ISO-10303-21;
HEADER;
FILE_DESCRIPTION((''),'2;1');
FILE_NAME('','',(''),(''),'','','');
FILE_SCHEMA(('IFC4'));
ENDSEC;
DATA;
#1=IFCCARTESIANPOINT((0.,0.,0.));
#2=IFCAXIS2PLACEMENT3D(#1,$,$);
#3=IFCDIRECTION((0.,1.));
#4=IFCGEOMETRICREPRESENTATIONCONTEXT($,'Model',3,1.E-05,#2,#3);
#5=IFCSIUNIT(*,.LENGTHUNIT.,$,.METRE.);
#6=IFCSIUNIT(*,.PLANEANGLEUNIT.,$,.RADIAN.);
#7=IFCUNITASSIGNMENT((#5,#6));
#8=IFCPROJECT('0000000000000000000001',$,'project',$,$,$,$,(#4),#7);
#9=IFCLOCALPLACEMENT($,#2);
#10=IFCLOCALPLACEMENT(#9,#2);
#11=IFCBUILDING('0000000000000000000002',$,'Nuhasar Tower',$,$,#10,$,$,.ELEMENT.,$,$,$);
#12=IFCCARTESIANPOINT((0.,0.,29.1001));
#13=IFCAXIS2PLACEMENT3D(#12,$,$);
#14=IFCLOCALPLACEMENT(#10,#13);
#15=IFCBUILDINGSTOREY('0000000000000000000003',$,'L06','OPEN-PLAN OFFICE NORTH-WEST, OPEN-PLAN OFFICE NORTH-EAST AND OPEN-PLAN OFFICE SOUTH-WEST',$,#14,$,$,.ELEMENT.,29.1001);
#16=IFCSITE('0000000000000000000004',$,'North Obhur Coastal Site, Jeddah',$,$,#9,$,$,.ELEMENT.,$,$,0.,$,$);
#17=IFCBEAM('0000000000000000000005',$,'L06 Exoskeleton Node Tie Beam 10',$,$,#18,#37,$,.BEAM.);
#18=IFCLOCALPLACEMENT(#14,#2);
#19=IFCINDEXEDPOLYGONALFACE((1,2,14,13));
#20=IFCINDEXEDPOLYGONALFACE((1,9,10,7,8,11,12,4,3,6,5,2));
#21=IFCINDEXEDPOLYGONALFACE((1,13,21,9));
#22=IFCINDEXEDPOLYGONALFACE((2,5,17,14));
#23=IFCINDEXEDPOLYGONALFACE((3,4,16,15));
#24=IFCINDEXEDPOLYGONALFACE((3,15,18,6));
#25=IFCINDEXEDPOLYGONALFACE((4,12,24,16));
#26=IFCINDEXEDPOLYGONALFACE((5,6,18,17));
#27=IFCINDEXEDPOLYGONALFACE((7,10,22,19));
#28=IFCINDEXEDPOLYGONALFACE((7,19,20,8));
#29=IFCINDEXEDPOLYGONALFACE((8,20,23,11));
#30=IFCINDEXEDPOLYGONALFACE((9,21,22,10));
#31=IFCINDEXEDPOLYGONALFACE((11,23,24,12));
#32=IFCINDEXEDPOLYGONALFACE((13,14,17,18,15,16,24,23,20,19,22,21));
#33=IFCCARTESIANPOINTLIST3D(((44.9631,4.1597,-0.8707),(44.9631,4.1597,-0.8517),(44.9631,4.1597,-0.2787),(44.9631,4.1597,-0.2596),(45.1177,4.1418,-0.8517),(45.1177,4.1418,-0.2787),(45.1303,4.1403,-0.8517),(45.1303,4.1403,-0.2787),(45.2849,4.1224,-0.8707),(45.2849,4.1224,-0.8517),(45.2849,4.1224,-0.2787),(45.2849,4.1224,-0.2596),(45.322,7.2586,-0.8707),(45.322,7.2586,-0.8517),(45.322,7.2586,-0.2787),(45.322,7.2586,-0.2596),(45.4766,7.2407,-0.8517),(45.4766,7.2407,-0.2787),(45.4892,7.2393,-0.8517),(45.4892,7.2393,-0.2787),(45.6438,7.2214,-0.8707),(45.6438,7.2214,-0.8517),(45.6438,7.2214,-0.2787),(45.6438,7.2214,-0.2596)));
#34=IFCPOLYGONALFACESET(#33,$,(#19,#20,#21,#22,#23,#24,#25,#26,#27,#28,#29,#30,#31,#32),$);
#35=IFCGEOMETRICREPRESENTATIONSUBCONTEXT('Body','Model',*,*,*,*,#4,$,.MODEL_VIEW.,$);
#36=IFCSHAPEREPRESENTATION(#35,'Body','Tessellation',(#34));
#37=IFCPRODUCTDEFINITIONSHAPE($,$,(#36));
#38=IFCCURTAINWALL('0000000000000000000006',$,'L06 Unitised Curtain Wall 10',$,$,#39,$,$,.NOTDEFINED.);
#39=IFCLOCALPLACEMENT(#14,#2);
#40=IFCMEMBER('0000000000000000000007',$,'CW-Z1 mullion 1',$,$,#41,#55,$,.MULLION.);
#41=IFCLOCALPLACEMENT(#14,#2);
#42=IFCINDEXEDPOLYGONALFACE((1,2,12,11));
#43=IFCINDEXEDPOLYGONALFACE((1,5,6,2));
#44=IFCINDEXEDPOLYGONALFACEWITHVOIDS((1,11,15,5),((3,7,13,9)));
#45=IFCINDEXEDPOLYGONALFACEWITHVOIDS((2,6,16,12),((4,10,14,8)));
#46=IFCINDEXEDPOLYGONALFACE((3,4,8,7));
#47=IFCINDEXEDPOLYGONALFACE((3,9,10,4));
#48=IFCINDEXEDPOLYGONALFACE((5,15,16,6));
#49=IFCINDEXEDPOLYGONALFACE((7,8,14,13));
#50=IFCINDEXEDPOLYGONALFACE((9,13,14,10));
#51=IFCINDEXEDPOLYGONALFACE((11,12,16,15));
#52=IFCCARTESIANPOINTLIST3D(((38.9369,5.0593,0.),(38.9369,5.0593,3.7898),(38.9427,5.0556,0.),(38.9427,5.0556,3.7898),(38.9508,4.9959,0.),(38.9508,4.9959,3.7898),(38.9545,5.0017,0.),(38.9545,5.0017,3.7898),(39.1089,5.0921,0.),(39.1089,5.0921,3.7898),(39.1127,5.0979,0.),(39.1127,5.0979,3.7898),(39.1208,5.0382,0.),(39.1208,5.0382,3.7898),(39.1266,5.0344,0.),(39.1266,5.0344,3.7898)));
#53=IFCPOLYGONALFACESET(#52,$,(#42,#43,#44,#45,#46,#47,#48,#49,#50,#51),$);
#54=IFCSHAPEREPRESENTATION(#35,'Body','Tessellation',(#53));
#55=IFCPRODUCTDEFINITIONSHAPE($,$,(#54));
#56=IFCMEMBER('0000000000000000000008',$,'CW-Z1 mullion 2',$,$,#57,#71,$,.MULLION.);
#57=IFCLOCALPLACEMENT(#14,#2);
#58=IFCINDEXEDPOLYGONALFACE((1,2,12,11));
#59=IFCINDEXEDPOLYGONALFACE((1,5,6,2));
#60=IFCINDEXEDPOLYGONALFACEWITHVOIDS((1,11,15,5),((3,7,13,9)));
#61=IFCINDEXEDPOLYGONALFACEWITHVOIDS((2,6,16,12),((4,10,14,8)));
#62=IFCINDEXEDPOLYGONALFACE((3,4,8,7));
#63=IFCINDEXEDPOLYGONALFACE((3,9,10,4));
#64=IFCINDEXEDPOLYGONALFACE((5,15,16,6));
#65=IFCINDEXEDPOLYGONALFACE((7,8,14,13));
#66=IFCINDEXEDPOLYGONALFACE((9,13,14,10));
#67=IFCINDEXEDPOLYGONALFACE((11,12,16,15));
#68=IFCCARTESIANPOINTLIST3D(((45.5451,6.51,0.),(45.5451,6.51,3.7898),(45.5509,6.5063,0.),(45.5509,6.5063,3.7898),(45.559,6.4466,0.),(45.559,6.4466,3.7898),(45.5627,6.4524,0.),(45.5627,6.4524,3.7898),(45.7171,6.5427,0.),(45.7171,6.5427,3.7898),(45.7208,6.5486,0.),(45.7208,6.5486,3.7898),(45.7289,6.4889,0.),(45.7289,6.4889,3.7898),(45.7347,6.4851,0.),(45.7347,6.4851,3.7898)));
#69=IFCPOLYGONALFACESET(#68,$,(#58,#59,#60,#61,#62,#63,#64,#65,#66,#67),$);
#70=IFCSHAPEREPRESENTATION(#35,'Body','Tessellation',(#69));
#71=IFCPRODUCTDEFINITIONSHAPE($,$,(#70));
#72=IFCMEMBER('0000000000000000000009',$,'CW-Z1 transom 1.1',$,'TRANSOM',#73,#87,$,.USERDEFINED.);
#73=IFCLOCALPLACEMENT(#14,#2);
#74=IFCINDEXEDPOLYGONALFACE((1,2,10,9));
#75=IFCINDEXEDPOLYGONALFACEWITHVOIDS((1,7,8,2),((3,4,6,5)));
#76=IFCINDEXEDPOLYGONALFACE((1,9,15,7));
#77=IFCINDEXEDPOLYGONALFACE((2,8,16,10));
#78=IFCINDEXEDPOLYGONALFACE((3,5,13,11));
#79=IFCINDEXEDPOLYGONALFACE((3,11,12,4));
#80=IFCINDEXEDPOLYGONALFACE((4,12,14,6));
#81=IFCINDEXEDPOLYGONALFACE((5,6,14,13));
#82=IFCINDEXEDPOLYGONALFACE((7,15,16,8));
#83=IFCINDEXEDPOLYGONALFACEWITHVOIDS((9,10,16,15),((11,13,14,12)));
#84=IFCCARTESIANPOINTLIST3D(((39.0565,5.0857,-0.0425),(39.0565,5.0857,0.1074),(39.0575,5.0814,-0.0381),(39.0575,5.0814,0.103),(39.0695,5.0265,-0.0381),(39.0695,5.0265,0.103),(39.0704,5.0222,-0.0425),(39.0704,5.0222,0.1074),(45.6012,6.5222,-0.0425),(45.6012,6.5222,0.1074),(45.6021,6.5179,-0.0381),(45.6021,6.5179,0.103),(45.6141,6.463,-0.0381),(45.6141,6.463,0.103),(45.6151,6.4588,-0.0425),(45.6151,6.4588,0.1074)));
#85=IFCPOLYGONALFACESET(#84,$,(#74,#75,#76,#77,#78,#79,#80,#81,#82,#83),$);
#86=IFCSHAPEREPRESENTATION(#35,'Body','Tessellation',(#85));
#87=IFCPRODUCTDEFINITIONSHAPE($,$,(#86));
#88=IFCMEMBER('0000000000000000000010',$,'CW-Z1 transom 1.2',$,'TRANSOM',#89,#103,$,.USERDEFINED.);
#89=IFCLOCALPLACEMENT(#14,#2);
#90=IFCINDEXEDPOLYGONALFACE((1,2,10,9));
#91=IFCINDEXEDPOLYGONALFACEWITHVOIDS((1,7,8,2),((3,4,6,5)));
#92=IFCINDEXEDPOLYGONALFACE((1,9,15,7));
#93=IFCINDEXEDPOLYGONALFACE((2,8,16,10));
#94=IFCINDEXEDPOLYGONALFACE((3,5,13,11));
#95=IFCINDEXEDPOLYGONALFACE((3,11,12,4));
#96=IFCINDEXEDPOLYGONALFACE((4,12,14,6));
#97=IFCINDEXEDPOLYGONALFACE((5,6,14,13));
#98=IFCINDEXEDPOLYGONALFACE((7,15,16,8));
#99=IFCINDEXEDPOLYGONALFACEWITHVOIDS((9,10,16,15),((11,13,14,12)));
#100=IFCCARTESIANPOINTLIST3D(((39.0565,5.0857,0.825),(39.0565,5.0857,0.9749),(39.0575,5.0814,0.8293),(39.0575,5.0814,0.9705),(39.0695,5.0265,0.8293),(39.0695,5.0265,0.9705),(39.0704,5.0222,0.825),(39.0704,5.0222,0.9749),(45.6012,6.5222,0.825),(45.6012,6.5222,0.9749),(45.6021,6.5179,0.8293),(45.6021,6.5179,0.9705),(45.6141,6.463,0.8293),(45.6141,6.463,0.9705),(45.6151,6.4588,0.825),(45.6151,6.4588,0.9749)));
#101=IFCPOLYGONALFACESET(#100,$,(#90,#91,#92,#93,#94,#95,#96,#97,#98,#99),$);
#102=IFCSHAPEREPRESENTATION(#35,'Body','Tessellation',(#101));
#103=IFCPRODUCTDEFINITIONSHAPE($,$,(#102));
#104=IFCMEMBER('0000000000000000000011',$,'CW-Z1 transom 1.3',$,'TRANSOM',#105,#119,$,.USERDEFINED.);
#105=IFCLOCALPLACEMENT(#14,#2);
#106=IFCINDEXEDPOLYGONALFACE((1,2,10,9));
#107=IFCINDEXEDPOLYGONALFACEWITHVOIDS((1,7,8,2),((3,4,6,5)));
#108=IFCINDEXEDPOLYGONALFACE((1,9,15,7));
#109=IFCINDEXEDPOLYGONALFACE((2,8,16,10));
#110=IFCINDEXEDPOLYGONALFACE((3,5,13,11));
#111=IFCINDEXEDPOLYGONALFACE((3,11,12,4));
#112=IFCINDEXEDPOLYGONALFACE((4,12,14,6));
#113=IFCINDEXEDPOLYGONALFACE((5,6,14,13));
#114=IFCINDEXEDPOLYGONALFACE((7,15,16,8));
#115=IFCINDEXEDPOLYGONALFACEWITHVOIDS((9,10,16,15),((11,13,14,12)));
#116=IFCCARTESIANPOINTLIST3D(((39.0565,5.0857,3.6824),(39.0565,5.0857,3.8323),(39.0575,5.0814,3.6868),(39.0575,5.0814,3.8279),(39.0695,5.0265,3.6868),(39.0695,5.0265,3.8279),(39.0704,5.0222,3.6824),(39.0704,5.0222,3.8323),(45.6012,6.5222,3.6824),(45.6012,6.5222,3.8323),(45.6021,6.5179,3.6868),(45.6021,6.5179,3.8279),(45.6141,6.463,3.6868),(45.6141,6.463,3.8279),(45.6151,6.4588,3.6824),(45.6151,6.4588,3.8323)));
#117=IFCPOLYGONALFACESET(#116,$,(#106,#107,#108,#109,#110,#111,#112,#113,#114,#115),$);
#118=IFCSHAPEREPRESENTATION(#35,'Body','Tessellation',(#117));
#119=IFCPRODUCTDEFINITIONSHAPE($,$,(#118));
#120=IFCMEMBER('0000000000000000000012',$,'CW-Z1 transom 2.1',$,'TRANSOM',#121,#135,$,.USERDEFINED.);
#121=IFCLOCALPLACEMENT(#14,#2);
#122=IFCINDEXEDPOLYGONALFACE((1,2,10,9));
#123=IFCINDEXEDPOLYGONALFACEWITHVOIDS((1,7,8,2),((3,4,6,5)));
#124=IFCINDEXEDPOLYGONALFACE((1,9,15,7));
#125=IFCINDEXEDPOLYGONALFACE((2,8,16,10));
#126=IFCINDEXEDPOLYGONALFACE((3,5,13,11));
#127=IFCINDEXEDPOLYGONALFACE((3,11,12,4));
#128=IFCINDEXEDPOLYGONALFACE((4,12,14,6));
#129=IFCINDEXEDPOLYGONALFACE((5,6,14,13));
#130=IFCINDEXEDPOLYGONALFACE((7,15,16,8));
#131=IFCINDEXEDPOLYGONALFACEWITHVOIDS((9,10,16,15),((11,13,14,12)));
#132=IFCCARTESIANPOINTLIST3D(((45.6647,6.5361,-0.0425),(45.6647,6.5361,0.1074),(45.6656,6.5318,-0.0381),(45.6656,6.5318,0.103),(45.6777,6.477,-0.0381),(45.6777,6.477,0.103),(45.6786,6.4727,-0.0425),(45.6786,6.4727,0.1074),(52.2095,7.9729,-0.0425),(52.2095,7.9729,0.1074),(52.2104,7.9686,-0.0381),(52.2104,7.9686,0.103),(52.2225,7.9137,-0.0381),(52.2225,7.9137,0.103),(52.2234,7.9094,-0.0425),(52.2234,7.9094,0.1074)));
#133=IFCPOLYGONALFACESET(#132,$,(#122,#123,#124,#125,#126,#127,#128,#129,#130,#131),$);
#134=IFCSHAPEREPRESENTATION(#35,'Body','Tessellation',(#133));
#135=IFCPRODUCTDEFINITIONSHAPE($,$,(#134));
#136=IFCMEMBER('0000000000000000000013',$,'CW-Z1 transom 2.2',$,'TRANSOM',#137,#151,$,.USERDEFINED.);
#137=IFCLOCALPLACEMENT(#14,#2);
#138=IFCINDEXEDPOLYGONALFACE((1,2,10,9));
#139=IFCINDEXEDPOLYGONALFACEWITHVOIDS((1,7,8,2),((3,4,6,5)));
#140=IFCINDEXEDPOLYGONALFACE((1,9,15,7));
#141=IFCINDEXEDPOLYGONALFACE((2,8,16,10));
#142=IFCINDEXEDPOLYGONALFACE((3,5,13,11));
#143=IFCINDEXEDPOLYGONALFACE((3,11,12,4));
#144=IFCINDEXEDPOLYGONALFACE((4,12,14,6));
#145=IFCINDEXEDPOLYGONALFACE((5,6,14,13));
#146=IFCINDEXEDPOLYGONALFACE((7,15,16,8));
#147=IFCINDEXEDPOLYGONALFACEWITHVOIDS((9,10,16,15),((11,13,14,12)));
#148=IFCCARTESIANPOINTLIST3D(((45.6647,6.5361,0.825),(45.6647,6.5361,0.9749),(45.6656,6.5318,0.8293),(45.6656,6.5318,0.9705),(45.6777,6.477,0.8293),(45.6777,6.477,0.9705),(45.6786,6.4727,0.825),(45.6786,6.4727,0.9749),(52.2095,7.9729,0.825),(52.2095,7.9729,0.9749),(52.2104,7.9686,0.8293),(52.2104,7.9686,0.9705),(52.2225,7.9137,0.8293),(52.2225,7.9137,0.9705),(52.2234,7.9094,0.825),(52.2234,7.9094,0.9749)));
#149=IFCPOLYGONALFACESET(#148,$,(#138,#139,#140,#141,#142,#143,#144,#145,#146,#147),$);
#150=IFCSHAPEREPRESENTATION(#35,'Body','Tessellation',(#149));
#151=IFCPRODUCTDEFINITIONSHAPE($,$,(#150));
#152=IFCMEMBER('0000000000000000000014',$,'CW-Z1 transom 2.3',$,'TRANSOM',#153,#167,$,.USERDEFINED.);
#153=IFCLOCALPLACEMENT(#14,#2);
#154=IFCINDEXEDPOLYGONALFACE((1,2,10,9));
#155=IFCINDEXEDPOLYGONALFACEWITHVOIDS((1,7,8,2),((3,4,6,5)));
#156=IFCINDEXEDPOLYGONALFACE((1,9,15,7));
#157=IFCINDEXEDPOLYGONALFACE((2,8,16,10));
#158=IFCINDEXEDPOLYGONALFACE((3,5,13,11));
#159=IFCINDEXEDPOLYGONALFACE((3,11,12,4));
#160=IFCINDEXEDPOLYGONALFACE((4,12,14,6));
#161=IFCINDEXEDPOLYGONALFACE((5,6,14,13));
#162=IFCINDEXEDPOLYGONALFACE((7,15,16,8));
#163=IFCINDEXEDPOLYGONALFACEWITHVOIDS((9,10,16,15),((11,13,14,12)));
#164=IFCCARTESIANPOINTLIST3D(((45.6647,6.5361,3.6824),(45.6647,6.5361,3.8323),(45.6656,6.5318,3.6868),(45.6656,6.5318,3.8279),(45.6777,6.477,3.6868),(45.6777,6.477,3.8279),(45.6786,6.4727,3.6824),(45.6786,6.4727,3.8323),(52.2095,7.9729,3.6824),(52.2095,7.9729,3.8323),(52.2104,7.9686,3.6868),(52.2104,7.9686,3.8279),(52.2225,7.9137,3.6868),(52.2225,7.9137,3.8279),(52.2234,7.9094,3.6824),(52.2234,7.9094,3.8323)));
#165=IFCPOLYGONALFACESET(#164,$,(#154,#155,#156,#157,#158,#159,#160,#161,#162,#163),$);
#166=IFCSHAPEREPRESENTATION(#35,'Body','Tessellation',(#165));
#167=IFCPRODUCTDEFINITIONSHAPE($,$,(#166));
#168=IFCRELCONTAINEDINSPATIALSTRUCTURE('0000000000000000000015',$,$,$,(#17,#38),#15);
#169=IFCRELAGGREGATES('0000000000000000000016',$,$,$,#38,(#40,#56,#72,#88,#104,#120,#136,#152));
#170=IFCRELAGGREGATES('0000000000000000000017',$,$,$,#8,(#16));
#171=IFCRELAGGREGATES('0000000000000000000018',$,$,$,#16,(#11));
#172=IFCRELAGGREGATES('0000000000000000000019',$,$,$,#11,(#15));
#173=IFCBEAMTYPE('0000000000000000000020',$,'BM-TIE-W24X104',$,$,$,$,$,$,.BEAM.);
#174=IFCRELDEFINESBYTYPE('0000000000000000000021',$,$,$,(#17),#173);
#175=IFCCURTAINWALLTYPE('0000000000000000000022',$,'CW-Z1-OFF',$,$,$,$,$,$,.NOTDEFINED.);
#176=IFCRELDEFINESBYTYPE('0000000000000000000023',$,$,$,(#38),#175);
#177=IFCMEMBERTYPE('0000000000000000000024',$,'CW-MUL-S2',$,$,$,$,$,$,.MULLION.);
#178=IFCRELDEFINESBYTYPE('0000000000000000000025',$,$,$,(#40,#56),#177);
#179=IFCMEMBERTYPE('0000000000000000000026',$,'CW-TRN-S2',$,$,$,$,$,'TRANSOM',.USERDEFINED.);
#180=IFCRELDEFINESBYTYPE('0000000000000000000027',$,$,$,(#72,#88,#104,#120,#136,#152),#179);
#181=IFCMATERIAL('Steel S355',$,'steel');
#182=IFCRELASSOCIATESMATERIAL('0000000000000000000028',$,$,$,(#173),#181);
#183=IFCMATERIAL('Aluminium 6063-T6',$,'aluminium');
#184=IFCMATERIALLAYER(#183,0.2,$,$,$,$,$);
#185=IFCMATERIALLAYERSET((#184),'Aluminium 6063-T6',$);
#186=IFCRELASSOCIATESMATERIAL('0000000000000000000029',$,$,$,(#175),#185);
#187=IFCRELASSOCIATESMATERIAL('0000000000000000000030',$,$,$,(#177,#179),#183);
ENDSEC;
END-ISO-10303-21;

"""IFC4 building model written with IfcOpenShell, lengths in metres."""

from ifc_helpers import new_model, si_unit, direction, frame, origin, origin_2d, place, context, subcontext, project, spatial, hollow_rectangle, i_section, extrude, material, layer, layer_set, material_profile, profile_set, type_object, element, aggregate, save


model = new_model("IFC4")

# Units and contexts
model_context = context("Model", 3, precision=1e-05, world=origin(), true_north=direction((0.0, 1.0)))
body_context = subcontext(model_context, "Body", "Model", "MODEL_VIEW")
ifc_project = project(units=[si_unit("LENGTHUNIT", "METRE"), si_unit("PLANEANGLEUNIT", "RADIAN")], contexts=[model_context])

# Site, building, storey
site_placement = place(None, origin())
site = spatial("IfcSite", under=ifc_project, at=site_placement, Name="North Obhur Coastal Site, Jeddah", CompositionType="ELEMENT", RefElevation=0.0)
building_placement = place(site_placement, origin())
building = spatial("IfcBuilding", under=site, at=building_placement, Name="Nuhasar Tower", CompositionType="ELEMENT")
storey_placement = place(building_placement, frame((0.0, 0.0, 29.1001)))
storey = spatial("IfcBuildingStorey", under=building, at=storey_placement, Name="L06", Description="OPEN-PLAN OFFICE NORTH-WEST, OPEN-PLAN OFFICE NORTH-EAST AND OPEN-PLAN OFFICE SOUTH-WEST", CompositionType="ELEMENT", Elevation=29.1001)

# Beam
ifc_material_1 = material(Name="Steel S355", Category="steel")
ifc_material_profile_1 = material_profile(ifc_material_1, i_section(OverallWidth=0.324, OverallDepth=0.6111, WebThickness=0.0127, FlangeThickness=0.019, at=origin_2d()), Name="W24X104")
ifc_profile_set_1 = profile_set([ifc_material_profile_1], Name="Steel S355")
beam_type_1 = type_object("IfcBeamType", Name="BM-TIE-W24X104", PredefinedType="BEAM", material=ifc_profile_set_1)
beam_1_placement = place(storey_placement, frame((45.4829, 7.24, -0.5652), z_axis=(-0.115043, -0.993361, 0.0), x_axis=(0.993361, -0.115043, 0.0)))
element("IfcBeam", 1, at=beam_1_placement, inside=storey, type_object=beam_type_1, Name="L06 Exoskeleton Node Tie Beam 10", PredefinedType="BEAM", context=body_context, shape_type="SweptSolid", body=[
    extrude(i_section(OverallWidth=0.324, OverallDepth=0.6111, WebThickness=0.0127, FlangeThickness=0.019, at=origin_2d()), origin(), (0.0, 0.0, 1.0), 3.1196),
])

# Curtain wall, members
ifc_material_2 = material(Name="Aluminium 6063-T6", Category="aluminium")
ifc_layer_1 = layer(ifc_material_2, 0.2)
ifc_layer_set_1 = layer_set([ifc_layer_1], Name="Aluminium 6063-T6")
curtain_wall_type = type_object("IfcCurtainWallType", Name="CW-Z1-OFF", PredefinedType="NOTDEFINED", material=ifc_layer_set_1)
curtain_wall_placement = place(storey_placement, origin())
curtain_wall = element("IfcCurtainWall", 2, at=curtain_wall_placement, inside=storey, type_object=curtain_wall_type, Name="L06 Unitised Curtain Wall 10", PredefinedType="NOTDEFINED")
ifc_material_profile_2 = material_profile(ifc_material_2, hollow_rectangle(XDim=0.0649, YDim=0.1799, WallThickness=0.0049, at=origin_2d()), Name="CWM-2")
ifc_profile_set_2 = profile_set([ifc_material_profile_2], Name="Aluminium 6063-T6")
member_type_1 = type_object("IfcMemberType", Name="CW-MUL-S2", PredefinedType="MULLION", material=ifc_profile_set_2)
member_1_placement = place(storey_placement, frame((39.0317, 5.0469, 0.0), z_axis=(0.0, 0.0, 1.0), x_axis=(-0.214399, 0.976746, 0.0)))
member_1 = element("IfcMember", 3, at=member_1_placement, type_object=member_type_1, Name="CW-Z1 mullion 1", PredefinedType="MULLION", context=body_context, shape_type="SweptSolid", body=[
    extrude(hollow_rectangle(XDim=0.0649, YDim=0.1799, WallThickness=0.0049, at=origin_2d()), origin(), (0.0, 0.0, 1.0), 3.7898),
])
member_2_placement = place(storey_placement, frame((45.6399, 6.4976, 0.0), z_axis=(0.0, 0.0, 1.0), x_axis=(-0.214399, 0.976746, 0.0)))
member_2 = element("IfcMember", 4, at=member_2_placement, type_object=member_type_1, Name="CW-Z1 mullion 2", PredefinedType="MULLION", context=body_context, shape_type="SweptSolid", body=[
    extrude(hollow_rectangle(XDim=0.0649, YDim=0.1799, WallThickness=0.0049, at=origin_2d()), origin(), (0.0, 0.0, 1.0), 3.7898),
])
ifc_material_profile_3 = material_profile(ifc_material_2, hollow_rectangle(XDim=0.0649, YDim=0.1499, WallThickness=0.0044, at=origin_2d()), Name="CWT-2")
ifc_profile_set_3 = profile_set([ifc_material_profile_3], Name="Aluminium 6063-T6")
member_type_2 = type_object("IfcMemberType", Name="CW-TRN-S2", ElementType="TRANSOM", PredefinedType="USERDEFINED", material=ifc_profile_set_3)
member_3_placement = place(storey_placement, frame((39.0635, 5.054, 0.0325), z_axis=(0.976748, 0.214391, 0.0), x_axis=(-0.214391, 0.976748, 0.0)))
member_3 = element("IfcMember", 5, at=member_3_placement, type_object=member_type_2, Name="CW-Z1 transom 1.1", ObjectType="TRANSOM", PredefinedType="USERDEFINED", context=body_context, shape_type="SweptSolid", body=[
    extrude(hollow_rectangle(XDim=0.0649, YDim=0.1499, WallThickness=0.0044, at=origin_2d()), origin(), (0.0, 0.0, 1.0), 6.7004),
])
member_4_placement = place(storey_placement, frame((39.0635, 5.054, 0.8999), z_axis=(0.976748, 0.214391, 0.0), x_axis=(-0.214391, 0.976748, 0.0)))
member_4 = element("IfcMember", 6, at=member_4_placement, type_object=member_type_2, Name="CW-Z1 transom 1.2", ObjectType="TRANSOM", PredefinedType="USERDEFINED", context=body_context, shape_type="SweptSolid", body=[
    extrude(hollow_rectangle(XDim=0.0649, YDim=0.1499, WallThickness=0.0044, at=origin_2d()), origin(), (0.0, 0.0, 1.0), 6.7004),
])
member_5_placement = place(storey_placement, frame((39.0635, 5.054, 3.7573), z_axis=(0.976748, 0.214391, 0.0), x_axis=(-0.214391, 0.976748, 0.0)))
member_5 = element("IfcMember", 7, at=member_5_placement, type_object=member_type_2, Name="CW-Z1 transom 1.3", ObjectType="TRANSOM", PredefinedType="USERDEFINED", context=body_context, shape_type="SweptSolid", body=[
    extrude(hollow_rectangle(XDim=0.0649, YDim=0.1499, WallThickness=0.0044, at=origin_2d()), origin(), (0.0, 0.0, 1.0), 6.7004),
])
member_6_placement = place(storey_placement, frame((45.6716, 6.5044, 0.0325), z_axis=(0.976742, 0.214418, 0.0), x_axis=(-0.214418, 0.976742, 0.0)))
member_6 = element("IfcMember", 8, at=member_6_placement, type_object=member_type_2, Name="CW-Z1 transom 2.1", ObjectType="TRANSOM", PredefinedType="USERDEFINED", context=body_context, shape_type="SweptSolid", body=[
    extrude(hollow_rectangle(XDim=0.0649, YDim=0.1499, WallThickness=0.0044, at=origin_2d()), origin(), (0.0, 0.0, 1.0), 6.7007),
])
member_7_placement = place(storey_placement, frame((45.6716, 6.5044, 0.8999), z_axis=(0.976742, 0.214418, 0.0), x_axis=(-0.214418, 0.976742, 0.0)))
member_7 = element("IfcMember", 9, at=member_7_placement, type_object=member_type_2, Name="CW-Z1 transom 2.2", ObjectType="TRANSOM", PredefinedType="USERDEFINED", context=body_context, shape_type="SweptSolid", body=[
    extrude(hollow_rectangle(XDim=0.0649, YDim=0.1499, WallThickness=0.0044, at=origin_2d()), origin(), (0.0, 0.0, 1.0), 6.7007),
])
member_8_placement = place(storey_placement, frame((45.6716, 6.5044, 3.7573), z_axis=(0.976742, 0.214418, 0.0), x_axis=(-0.214418, 0.976742, 0.0)))
member_8 = element("IfcMember", 10, at=member_8_placement, type_object=member_type_2, Name="CW-Z1 transom 2.3", ObjectType="TRANSOM", PredefinedType="USERDEFINED", context=body_context, shape_type="SweptSolid", body=[
    extrude(hollow_rectangle(XDim=0.0649, YDim=0.1499, WallThickness=0.0044, at=origin_2d()), origin(), (0.0, 0.0, 1.0), 6.7007),
])

aggregate(curtain_wall, [member_1, member_2, member_3, member_4, member_5, member_6, member_7, member_8])

save(model, "model.ifc")
